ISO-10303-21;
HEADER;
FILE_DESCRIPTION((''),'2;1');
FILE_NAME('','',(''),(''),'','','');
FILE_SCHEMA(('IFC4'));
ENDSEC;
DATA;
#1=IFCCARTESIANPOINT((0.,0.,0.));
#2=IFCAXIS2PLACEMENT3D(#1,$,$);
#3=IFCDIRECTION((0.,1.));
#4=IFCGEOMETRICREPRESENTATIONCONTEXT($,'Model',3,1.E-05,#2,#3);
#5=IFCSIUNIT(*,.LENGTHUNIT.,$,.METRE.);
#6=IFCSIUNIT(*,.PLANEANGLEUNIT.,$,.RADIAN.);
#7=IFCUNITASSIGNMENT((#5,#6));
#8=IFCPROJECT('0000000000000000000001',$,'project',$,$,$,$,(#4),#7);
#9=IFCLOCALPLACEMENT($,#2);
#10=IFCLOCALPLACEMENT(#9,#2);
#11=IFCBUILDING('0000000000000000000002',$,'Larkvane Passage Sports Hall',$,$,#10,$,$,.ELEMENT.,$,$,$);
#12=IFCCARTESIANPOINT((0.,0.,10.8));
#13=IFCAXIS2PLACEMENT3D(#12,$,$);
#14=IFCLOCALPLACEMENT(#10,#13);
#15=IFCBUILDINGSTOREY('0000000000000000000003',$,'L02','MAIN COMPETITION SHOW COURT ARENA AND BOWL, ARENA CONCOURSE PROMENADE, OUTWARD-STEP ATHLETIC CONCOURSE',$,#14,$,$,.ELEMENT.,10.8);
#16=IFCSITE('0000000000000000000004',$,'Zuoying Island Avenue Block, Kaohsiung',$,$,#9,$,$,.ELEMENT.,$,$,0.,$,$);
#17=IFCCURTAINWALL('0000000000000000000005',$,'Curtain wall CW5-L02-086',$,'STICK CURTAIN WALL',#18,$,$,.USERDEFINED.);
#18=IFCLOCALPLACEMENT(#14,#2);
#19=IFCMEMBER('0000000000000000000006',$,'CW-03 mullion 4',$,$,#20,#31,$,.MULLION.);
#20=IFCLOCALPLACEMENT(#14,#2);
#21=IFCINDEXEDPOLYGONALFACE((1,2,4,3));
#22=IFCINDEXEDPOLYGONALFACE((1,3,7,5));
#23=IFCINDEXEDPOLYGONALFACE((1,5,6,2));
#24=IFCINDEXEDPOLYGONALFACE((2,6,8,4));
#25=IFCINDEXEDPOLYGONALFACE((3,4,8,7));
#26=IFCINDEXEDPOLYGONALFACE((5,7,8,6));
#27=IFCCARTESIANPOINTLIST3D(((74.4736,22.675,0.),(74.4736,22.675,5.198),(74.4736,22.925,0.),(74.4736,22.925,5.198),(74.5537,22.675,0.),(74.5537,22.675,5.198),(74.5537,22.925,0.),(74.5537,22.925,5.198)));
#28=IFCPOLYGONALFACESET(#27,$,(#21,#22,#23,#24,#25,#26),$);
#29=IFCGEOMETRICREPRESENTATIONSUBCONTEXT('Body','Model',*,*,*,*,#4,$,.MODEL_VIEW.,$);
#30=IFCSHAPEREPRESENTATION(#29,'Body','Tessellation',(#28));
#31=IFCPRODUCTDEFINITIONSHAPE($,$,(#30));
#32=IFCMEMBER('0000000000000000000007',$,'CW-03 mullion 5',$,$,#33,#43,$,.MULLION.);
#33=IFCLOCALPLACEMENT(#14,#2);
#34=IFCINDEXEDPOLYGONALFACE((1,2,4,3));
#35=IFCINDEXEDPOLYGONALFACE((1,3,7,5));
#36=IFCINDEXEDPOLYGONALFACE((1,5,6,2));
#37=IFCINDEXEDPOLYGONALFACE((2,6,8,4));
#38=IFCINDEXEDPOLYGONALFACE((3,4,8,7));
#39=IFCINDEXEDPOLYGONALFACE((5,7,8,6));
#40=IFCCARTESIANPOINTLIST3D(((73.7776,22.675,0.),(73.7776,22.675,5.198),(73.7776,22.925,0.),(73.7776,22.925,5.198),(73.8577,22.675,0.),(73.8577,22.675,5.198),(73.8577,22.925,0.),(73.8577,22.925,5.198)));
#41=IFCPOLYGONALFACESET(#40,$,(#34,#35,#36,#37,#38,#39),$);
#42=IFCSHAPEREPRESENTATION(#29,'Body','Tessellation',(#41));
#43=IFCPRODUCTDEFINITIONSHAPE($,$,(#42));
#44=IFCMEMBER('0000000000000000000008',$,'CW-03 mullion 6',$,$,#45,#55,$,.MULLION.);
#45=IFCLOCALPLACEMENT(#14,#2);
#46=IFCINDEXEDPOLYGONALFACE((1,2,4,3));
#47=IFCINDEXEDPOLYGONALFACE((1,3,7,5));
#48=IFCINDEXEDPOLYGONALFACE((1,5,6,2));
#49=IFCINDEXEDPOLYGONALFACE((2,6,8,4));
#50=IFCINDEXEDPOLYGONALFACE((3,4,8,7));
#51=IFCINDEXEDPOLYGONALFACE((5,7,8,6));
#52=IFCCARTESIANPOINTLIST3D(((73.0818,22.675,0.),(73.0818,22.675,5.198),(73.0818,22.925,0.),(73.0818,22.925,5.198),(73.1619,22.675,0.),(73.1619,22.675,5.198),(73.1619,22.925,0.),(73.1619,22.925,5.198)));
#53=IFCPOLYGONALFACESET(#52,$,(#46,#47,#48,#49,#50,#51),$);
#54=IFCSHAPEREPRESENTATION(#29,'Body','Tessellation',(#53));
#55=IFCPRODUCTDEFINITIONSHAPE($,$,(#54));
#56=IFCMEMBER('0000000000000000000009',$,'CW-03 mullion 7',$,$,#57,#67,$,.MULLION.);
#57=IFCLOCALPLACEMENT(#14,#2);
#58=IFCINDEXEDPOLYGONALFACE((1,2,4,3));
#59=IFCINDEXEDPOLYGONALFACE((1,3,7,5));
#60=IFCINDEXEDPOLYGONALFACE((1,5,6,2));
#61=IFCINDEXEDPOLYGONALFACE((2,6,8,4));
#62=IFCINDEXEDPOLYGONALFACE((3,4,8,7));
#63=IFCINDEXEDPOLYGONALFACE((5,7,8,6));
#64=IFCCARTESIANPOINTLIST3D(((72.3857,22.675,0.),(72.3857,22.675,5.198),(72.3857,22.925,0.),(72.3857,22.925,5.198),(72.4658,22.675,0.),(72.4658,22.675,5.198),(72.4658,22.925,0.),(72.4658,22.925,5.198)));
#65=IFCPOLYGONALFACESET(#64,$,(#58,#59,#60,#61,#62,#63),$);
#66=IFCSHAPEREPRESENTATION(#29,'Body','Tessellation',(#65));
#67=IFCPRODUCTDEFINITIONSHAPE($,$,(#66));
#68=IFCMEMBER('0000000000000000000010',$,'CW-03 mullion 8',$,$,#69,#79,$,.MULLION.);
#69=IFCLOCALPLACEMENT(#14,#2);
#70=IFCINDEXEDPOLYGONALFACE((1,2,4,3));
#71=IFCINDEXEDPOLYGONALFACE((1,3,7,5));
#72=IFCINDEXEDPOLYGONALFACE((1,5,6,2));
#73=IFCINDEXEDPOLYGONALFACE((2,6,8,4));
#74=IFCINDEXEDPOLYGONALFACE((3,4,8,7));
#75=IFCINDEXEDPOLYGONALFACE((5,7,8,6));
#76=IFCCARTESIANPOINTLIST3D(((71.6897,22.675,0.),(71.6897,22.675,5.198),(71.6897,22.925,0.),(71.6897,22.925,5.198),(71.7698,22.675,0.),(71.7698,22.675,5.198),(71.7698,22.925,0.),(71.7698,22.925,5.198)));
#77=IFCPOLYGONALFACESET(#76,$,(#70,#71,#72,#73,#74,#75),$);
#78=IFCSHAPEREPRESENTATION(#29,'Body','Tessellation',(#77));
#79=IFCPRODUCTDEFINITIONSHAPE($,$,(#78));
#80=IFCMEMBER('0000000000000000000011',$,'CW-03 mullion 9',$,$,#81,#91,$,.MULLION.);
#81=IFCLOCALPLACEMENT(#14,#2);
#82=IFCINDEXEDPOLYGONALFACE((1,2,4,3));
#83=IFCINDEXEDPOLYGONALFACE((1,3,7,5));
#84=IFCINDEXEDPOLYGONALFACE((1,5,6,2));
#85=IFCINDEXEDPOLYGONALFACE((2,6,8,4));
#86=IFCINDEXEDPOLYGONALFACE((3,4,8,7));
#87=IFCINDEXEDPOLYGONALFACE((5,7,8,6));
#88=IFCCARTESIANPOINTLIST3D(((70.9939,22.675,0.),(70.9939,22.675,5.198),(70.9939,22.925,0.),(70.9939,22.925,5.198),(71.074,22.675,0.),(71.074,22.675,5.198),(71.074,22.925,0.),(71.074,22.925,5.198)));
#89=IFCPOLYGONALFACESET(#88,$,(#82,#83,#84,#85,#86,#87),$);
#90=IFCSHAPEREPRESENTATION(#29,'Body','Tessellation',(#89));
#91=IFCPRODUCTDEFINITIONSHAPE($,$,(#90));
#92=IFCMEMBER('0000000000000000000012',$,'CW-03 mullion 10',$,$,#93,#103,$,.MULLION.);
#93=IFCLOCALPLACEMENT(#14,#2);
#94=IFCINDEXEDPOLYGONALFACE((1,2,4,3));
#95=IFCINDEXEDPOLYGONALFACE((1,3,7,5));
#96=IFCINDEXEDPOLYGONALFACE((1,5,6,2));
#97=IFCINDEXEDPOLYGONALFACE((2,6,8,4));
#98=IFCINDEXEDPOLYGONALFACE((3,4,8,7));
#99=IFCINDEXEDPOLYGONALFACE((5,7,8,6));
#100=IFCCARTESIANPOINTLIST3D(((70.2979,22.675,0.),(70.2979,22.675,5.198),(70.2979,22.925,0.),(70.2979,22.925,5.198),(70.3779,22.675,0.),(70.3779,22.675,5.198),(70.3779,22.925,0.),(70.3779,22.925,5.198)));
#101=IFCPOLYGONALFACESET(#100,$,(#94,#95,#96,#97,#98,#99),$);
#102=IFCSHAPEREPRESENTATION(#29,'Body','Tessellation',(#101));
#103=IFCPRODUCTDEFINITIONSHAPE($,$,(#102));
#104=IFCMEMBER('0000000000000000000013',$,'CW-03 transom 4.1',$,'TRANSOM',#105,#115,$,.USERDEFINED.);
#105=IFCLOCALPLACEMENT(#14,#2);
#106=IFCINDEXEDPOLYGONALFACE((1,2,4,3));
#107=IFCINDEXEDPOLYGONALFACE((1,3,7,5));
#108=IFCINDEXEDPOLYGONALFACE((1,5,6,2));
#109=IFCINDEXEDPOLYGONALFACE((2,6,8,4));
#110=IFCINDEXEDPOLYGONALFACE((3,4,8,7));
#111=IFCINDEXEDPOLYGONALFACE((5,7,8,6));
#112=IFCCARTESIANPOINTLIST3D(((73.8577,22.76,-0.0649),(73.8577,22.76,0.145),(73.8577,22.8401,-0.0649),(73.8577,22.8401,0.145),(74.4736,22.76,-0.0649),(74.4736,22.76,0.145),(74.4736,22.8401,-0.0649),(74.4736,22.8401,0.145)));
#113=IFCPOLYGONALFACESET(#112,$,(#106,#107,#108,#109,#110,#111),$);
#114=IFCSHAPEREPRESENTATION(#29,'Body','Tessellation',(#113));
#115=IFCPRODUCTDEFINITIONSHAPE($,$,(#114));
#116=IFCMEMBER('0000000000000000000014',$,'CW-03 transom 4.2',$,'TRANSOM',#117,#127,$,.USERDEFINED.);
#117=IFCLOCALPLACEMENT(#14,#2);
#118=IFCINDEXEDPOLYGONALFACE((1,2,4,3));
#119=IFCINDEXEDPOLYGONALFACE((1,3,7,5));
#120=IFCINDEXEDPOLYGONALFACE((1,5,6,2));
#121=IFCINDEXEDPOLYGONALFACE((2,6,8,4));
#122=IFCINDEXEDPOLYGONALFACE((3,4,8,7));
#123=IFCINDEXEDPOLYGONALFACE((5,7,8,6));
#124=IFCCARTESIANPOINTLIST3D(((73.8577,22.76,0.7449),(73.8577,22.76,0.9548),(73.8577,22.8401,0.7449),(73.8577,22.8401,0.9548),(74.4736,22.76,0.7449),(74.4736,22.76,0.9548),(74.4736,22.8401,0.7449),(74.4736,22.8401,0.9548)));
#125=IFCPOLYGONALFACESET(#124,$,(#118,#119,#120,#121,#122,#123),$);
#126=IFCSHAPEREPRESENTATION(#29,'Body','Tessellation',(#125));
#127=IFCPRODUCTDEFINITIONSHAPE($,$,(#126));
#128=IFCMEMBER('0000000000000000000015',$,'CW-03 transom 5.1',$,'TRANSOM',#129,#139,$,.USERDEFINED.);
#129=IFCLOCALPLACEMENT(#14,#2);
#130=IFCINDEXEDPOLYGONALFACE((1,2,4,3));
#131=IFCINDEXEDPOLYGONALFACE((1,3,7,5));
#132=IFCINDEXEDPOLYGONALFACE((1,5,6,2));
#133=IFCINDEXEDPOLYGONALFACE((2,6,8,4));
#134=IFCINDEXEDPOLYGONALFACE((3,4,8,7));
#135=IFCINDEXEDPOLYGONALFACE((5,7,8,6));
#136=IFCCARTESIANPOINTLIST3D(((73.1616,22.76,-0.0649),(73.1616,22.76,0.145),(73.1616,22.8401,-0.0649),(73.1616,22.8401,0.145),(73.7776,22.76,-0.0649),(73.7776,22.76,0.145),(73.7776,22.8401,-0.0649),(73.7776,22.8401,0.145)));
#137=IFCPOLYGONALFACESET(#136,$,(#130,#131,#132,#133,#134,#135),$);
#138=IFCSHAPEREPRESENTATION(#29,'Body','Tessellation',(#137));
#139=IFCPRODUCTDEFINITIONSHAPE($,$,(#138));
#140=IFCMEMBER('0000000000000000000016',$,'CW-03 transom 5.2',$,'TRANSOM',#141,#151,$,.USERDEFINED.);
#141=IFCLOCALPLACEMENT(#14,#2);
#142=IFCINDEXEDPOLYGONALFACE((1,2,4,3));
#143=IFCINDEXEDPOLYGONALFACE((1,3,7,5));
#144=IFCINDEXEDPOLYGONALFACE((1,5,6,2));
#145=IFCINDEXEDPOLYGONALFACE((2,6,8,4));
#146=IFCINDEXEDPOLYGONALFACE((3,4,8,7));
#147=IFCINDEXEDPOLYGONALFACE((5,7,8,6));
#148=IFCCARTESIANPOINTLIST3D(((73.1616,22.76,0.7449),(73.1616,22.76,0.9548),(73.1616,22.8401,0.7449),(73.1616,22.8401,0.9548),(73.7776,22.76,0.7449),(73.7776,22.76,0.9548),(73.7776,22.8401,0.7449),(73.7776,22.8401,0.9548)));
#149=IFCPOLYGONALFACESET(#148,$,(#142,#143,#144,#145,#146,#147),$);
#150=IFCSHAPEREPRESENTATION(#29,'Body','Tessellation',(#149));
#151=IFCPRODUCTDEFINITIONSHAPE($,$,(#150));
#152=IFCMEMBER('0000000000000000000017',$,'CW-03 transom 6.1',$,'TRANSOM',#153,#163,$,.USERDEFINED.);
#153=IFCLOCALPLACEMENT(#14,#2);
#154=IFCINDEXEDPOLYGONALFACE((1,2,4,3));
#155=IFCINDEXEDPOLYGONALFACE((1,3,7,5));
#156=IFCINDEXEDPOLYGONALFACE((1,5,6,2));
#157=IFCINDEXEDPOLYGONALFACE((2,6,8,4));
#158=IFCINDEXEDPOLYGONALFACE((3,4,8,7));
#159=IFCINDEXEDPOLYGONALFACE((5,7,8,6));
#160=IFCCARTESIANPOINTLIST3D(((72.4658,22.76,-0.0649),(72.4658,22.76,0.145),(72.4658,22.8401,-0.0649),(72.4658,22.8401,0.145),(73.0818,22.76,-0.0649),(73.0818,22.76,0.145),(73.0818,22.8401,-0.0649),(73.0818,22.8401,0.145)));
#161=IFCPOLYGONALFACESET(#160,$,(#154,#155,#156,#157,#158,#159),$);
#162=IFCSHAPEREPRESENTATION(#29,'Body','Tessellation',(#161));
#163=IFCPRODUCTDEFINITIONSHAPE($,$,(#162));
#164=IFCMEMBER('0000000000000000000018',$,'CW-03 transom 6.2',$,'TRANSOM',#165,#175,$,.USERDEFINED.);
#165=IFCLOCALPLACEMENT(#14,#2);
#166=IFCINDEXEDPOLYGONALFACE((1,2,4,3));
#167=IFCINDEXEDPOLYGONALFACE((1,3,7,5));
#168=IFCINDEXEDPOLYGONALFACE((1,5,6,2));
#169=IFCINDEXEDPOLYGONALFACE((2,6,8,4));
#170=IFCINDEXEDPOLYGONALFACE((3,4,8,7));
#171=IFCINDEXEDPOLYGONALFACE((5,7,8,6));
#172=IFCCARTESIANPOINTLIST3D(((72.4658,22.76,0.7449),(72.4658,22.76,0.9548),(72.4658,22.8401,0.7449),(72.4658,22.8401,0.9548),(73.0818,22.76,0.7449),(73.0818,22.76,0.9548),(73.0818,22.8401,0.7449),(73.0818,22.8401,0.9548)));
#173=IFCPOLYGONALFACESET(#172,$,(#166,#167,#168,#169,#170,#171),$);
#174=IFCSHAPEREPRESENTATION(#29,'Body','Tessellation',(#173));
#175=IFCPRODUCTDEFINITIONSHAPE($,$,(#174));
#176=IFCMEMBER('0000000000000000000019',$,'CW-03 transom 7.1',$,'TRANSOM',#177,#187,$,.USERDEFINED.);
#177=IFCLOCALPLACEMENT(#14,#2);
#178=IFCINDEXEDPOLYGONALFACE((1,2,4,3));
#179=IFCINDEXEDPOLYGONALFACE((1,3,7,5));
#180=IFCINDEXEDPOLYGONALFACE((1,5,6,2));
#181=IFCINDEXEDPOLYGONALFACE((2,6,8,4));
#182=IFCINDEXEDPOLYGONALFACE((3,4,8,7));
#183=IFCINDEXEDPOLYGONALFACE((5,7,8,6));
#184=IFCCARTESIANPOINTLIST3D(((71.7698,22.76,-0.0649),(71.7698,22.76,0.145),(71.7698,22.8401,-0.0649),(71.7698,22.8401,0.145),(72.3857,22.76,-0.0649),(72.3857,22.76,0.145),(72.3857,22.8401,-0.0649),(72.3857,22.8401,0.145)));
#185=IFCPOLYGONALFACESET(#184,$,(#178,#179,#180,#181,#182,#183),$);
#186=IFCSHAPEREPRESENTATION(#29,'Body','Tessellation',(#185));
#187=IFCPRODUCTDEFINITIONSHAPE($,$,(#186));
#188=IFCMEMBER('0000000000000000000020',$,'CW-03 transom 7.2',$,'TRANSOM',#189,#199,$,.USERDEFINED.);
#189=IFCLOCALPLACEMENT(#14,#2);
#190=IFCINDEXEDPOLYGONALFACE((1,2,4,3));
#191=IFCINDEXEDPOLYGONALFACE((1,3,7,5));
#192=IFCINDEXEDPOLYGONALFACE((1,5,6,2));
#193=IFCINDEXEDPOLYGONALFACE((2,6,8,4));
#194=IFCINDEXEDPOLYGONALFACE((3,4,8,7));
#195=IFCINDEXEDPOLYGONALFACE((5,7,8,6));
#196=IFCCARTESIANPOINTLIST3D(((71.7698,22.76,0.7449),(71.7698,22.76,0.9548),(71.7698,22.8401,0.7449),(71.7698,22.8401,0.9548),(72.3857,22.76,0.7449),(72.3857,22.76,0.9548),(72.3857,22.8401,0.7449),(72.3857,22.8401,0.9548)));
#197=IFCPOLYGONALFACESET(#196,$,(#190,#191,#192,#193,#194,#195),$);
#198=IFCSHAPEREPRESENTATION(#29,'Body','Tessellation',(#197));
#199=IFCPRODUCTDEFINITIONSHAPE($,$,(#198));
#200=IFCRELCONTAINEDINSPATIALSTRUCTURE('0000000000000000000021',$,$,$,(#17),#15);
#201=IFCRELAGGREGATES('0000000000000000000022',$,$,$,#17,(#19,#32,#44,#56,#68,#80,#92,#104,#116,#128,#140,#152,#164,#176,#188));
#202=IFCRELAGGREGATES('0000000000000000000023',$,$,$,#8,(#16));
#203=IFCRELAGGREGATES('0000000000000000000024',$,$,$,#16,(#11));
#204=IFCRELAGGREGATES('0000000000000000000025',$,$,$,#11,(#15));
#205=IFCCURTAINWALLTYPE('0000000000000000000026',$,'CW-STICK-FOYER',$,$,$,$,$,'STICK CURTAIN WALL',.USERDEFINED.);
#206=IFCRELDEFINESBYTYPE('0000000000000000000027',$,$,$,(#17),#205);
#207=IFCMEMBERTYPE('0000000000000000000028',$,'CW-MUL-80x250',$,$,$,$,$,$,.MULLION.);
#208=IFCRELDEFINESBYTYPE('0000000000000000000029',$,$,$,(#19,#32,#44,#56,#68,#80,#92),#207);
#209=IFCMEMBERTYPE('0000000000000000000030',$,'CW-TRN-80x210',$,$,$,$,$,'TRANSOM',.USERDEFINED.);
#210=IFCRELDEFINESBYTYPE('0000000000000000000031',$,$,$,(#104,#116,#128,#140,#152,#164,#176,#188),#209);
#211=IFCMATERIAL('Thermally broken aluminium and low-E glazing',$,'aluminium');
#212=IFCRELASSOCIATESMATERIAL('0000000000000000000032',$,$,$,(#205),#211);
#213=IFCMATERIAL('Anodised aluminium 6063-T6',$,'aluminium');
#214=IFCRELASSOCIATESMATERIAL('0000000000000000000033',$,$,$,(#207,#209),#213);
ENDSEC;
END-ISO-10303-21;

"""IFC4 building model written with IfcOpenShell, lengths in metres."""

from ifc_helpers import new_model, si_unit, direction, frame, origin, origin_2d, place, context, subcontext, project, spatial, rectangle, extrude, material, material_profile, profile_set, type_object, element, aggregate, save


model = new_model("IFC4")

# Units and contexts
model_context = context("Model", 3, precision=1e-05, world=origin(), true_north=direction((0.0, 1.0)))
body_context = subcontext(model_context, "Body", "Model", "MODEL_VIEW")
ifc_project = project(units=[si_unit("LENGTHUNIT", "METRE"), si_unit("PLANEANGLEUNIT", "RADIAN")], contexts=[model_context])

# Site, building, storey
site_placement = place(None, origin())
site = spatial("IfcSite", under=ifc_project, at=site_placement, Name="Zuoying Island Avenue Block, Kaohsiung", CompositionType="ELEMENT", RefElevation=0.0)
building_placement = place(site_placement, origin())
building = spatial("IfcBuilding", under=site, at=building_placement, Name="Larkvane Passage Sports Hall", CompositionType="ELEMENT")
storey_placement = place(building_placement, frame((0.0, 0.0, 10.8)))
storey = spatial("IfcBuildingStorey", under=building, at=storey_placement, Name="L02", Description="MAIN COMPETITION SHOW COURT ARENA AND BOWL, ARENA CONCOURSE PROMENADE, OUTWARD-STEP ATHLETIC CONCOURSE", CompositionType="ELEMENT", Elevation=10.8)

# Curtain wall, members
ifc_material_1 = material(Name="Thermally broken aluminium and low-E glazing", Category="aluminium")
curtain_wall_type = type_object("IfcCurtainWallType", Name="CW-STICK-FOYER", ElementType="STICK CURTAIN WALL", PredefinedType="USERDEFINED", material=ifc_material_1)
curtain_wall_placement = place(storey_placement, origin())
curtain_wall = element("IfcCurtainWall", 1, at=curtain_wall_placement, inside=storey, type_object=curtain_wall_type, Name="Curtain wall CW5-L02-086", ObjectType="STICK CURTAIN WALL", PredefinedType="USERDEFINED")
ifc_material_2 = material(Name="Anodised aluminium 6063-T6", Category="aluminium")
ifc_material_profile_1 = material_profile(ifc_material_2, rectangle(XDim=0.0801, YDim=0.25, at=origin_2d()), Name="ALU-MUL-80x250")
ifc_profile_set_1 = profile_set([ifc_material_profile_1], Name="Anodised aluminium 6063-T6")
member_type_1 = type_object("IfcMemberType", Name="CW-MUL-80x250", PredefinedType="MULLION", material=ifc_profile_set_1)
member_1_placement = place(storey_placement, frame((74.5137, 22.8, 0.0), z_axis=(0.0, 0.0, 1.0), x_axis=(-1.0, 0.0, 0.0)))
member_1 = element("IfcMember", 2, at=member_1_placement, type_object=member_type_1, Name="CW-03 mullion 4", PredefinedType="MULLION", context=body_context, shape_type="SweptSolid", body=[
    extrude(rectangle(XDim=0.0801, YDim=0.25, at=origin_2d()), origin(), (0.0, 0.0, 1.0), 5.198),
])
member_2_placement = place(storey_placement, frame((73.8176, 22.8, 0.0), z_axis=(0.0, 0.0, 1.0), x_axis=(-1.0, 0.0, 0.0)))
member_2 = element("IfcMember", 3, at=member_2_placement, type_object=member_type_1, Name="CW-03 mullion 5", PredefinedType="MULLION", context=body_context, shape_type="SweptSolid", body=[
    extrude(rectangle(XDim=0.0801, YDim=0.25, at=origin_2d()), origin(), (0.0, 0.0, 1.0), 5.198),
])
member_3_placement = place(storey_placement, frame((73.1218, 22.8, 0.0), z_axis=(0.0, 0.0, 1.0), x_axis=(-1.0, 0.0, 0.0)))
member_3 = element("IfcMember", 4, at=member_3_placement, type_object=member_type_1, Name="CW-03 mullion 6", PredefinedType="MULLION", context=body_context, shape_type="SweptSolid", body=[
    extrude(rectangle(XDim=0.0801, YDim=0.25, at=origin_2d()), origin(), (0.0, 0.0, 1.0), 5.198),
])
member_4_placement = place(storey_placement, frame((72.4258, 22.8, 0.0), z_axis=(0.0, 0.0, 1.0), x_axis=(-1.0, 0.0, 0.0)))
member_4 = element("IfcMember", 5, at=member_4_placement, type_object=member_type_1, Name="CW-03 mullion 7", PredefinedType="MULLION", context=body_context, shape_type="SweptSolid", body=[
    extrude(rectangle(XDim=0.0801, YDim=0.25, at=origin_2d()), origin(), (0.0, 0.0, 1.0), 5.198),
])
member_5_placement = place(storey_placement, frame((71.7297, 22.8, 0.0), z_axis=(0.0, 0.0, 1.0), x_axis=(-1.0, 0.0, 0.0)))
member_5 = element("IfcMember", 6, at=member_5_placement, type_object=member_type_1, Name="CW-03 mullion 8", PredefinedType="MULLION", context=body_context, shape_type="SweptSolid", body=[
    extrude(rectangle(XDim=0.0801, YDim=0.25, at=origin_2d()), origin(), (0.0, 0.0, 1.0), 5.198),
])
member_6_placement = place(storey_placement, frame((71.0339, 22.8, 0.0), z_axis=(0.0, 0.0, 1.0), x_axis=(-1.0, 0.0, 0.0)))
member_6 = element("IfcMember", 7, at=member_6_placement, type_object=member_type_1, Name="CW-03 mullion 9", PredefinedType="MULLION", context=body_context, shape_type="SweptSolid", body=[
    extrude(rectangle(XDim=0.0801, YDim=0.25, at=origin_2d()), origin(), (0.0, 0.0, 1.0), 5.198),
])
member_7_placement = place(storey_placement, frame((70.3379, 22.8, 0.0), z_axis=(0.0, 0.0, 1.0), x_axis=(-1.0, 0.0, 0.0)))
member_7 = element("IfcMember", 8, at=member_7_placement, type_object=member_type_1, Name="CW-03 mullion 10", PredefinedType="MULLION", context=body_context, shape_type="SweptSolid", body=[
    extrude(rectangle(XDim=0.0801, YDim=0.25, at=origin_2d()), origin(), (0.0, 0.0, 1.0), 5.198),
])
ifc_material_profile_2 = material_profile(ifc_material_2, rectangle(XDim=0.0801, YDim=0.21, at=origin_2d()), Name="ALU-TRN-80x210")
ifc_profile_set_2 = profile_set([ifc_material_profile_2], Name="Anodised aluminium 6063-T6")
member_type_2 = type_object("IfcMemberType", Name="CW-TRN-80x210", ElementType="TRANSOM", PredefinedType="USERDEFINED", material=ifc_profile_set_2)
member_8_placement = place(storey_placement, frame((74.4736, 22.8, 0.04), z_axis=(-1.0, 0.0, 0.0), x_axis=(0.0, -1.0, 0.0)))
member_8 = element("IfcMember", 9, at=member_8_placement, type_object=member_type_2, Name="CW-03 transom 4.1", ObjectType="TRANSOM", PredefinedType="USERDEFINED", context=body_context, shape_type="SweptSolid", body=[
    extrude(rectangle(XDim=0.0801, YDim=0.21, at=origin_2d()), origin(), (0.0, 0.0, 1.0), 0.616),
])
member_9_placement = place(storey_placement, frame((74.4736, 22.8, 0.8499), z_axis=(-1.0, 0.0, 0.0), x_axis=(0.0, -1.0, 0.0)))
member_9 = element("IfcMember", 10, at=member_9_placement, type_object=member_type_2, Name="CW-03 transom 4.2", ObjectType="TRANSOM", PredefinedType="USERDEFINED", context=body_context, shape_type="SweptSolid", body=[
    extrude(rectangle(XDim=0.0801, YDim=0.21, at=origin_2d()), origin(), (0.0, 0.0, 1.0), 0.616),
])
member_10_placement = place(storey_placement, frame((73.7776, 22.8, 0.04), z_axis=(-1.0, 0.0, 0.0), x_axis=(0.0, -1.0, 0.0)))
member_10 = element("IfcMember", 11, at=member_10_placement, type_object=member_type_2, Name="CW-03 transom 5.1", ObjectType="TRANSOM", PredefinedType="USERDEFINED", context=body_context, shape_type="SweptSolid", body=[
    extrude(rectangle(XDim=0.0801, YDim=0.21, at=origin_2d()), origin(), (0.0, 0.0, 1.0), 0.616),
])
member_11_placement = place(storey_placement, frame((73.7776, 22.8, 0.8499), z_axis=(-1.0, 0.0, 0.0), x_axis=(0.0, -1.0, 0.0)))
member_11 = element("IfcMember", 12, at=member_11_placement, type_object=member_type_2, Name="CW-03 transom 5.2", ObjectType="TRANSOM", PredefinedType="USERDEFINED", context=body_context, shape_type="SweptSolid", body=[
    extrude(rectangle(XDim=0.0801, YDim=0.21, at=origin_2d()), origin(), (0.0, 0.0, 1.0), 0.616),
])
member_12_placement = place(storey_placement, frame((73.0818, 22.8, 0.04), z_axis=(-1.0, 0.0, 0.0), x_axis=(0.0, -1.0, 0.0)))
member_12 = element("IfcMember", 13, at=member_12_placement, type_object=member_type_2, Name="CW-03 transom 6.1", ObjectType="TRANSOM", PredefinedType="USERDEFINED", context=body_context, shape_type="SweptSolid", body=[
    extrude(rectangle(XDim=0.0801, YDim=0.21, at=origin_2d()), origin(), (0.0, 0.0, 1.0), 0.616),
])
member_13_placement = place(storey_placement, frame((73.0818, 22.8, 0.8499), z_axis=(-1.0, 0.0, 0.0), x_axis=(0.0, -1.0, 0.0)))
member_13 = element("IfcMember", 14, at=member_13_placement, type_object=member_type_2, Name="CW-03 transom 6.2", ObjectType="TRANSOM", PredefinedType="USERDEFINED", context=body_context, shape_type="SweptSolid", body=[
    extrude(rectangle(XDim=0.0801, YDim=0.21, at=origin_2d()), origin(), (0.0, 0.0, 1.0), 0.616),
])
member_14_placement = place(storey_placement, frame((72.3857, 22.8, 0.04), z_axis=(-1.0, 0.0, 0.0), x_axis=(0.0, -1.0, 0.0)))
member_14 = element("IfcMember", 15, at=member_14_placement, type_object=member_type_2, Name="CW-03 transom 7.1", ObjectType="TRANSOM", PredefinedType="USERDEFINED", context=body_context, shape_type="SweptSolid", body=[
    extrude(rectangle(XDim=0.0801, YDim=0.21, at=origin_2d()), origin(), (0.0, 0.0, 1.0), 0.616),
])
member_15_placement = place(storey_placement, frame((72.3857, 22.8, 0.8499), z_axis=(-1.0, 0.0, 0.0), x_axis=(0.0, -1.0, 0.0)))
member_15 = element("IfcMember", 16, at=member_15_placement, type_object=member_type_2, Name="CW-03 transom 7.2", ObjectType="TRANSOM", PredefinedType="USERDEFINED", context=body_context, shape_type="SweptSolid", body=[
    extrude(rectangle(XDim=0.0801, YDim=0.21, at=origin_2d()), origin(), (0.0, 0.0, 1.0), 0.616),
])
aggregate(curtain_wall, [member_1, member_2, member_3, member_4, member_5, member_6, member_7, member_8, member_9, member_10, member_11, member_12, member_13, member_14, member_15])

save(model, "model.ifc")
